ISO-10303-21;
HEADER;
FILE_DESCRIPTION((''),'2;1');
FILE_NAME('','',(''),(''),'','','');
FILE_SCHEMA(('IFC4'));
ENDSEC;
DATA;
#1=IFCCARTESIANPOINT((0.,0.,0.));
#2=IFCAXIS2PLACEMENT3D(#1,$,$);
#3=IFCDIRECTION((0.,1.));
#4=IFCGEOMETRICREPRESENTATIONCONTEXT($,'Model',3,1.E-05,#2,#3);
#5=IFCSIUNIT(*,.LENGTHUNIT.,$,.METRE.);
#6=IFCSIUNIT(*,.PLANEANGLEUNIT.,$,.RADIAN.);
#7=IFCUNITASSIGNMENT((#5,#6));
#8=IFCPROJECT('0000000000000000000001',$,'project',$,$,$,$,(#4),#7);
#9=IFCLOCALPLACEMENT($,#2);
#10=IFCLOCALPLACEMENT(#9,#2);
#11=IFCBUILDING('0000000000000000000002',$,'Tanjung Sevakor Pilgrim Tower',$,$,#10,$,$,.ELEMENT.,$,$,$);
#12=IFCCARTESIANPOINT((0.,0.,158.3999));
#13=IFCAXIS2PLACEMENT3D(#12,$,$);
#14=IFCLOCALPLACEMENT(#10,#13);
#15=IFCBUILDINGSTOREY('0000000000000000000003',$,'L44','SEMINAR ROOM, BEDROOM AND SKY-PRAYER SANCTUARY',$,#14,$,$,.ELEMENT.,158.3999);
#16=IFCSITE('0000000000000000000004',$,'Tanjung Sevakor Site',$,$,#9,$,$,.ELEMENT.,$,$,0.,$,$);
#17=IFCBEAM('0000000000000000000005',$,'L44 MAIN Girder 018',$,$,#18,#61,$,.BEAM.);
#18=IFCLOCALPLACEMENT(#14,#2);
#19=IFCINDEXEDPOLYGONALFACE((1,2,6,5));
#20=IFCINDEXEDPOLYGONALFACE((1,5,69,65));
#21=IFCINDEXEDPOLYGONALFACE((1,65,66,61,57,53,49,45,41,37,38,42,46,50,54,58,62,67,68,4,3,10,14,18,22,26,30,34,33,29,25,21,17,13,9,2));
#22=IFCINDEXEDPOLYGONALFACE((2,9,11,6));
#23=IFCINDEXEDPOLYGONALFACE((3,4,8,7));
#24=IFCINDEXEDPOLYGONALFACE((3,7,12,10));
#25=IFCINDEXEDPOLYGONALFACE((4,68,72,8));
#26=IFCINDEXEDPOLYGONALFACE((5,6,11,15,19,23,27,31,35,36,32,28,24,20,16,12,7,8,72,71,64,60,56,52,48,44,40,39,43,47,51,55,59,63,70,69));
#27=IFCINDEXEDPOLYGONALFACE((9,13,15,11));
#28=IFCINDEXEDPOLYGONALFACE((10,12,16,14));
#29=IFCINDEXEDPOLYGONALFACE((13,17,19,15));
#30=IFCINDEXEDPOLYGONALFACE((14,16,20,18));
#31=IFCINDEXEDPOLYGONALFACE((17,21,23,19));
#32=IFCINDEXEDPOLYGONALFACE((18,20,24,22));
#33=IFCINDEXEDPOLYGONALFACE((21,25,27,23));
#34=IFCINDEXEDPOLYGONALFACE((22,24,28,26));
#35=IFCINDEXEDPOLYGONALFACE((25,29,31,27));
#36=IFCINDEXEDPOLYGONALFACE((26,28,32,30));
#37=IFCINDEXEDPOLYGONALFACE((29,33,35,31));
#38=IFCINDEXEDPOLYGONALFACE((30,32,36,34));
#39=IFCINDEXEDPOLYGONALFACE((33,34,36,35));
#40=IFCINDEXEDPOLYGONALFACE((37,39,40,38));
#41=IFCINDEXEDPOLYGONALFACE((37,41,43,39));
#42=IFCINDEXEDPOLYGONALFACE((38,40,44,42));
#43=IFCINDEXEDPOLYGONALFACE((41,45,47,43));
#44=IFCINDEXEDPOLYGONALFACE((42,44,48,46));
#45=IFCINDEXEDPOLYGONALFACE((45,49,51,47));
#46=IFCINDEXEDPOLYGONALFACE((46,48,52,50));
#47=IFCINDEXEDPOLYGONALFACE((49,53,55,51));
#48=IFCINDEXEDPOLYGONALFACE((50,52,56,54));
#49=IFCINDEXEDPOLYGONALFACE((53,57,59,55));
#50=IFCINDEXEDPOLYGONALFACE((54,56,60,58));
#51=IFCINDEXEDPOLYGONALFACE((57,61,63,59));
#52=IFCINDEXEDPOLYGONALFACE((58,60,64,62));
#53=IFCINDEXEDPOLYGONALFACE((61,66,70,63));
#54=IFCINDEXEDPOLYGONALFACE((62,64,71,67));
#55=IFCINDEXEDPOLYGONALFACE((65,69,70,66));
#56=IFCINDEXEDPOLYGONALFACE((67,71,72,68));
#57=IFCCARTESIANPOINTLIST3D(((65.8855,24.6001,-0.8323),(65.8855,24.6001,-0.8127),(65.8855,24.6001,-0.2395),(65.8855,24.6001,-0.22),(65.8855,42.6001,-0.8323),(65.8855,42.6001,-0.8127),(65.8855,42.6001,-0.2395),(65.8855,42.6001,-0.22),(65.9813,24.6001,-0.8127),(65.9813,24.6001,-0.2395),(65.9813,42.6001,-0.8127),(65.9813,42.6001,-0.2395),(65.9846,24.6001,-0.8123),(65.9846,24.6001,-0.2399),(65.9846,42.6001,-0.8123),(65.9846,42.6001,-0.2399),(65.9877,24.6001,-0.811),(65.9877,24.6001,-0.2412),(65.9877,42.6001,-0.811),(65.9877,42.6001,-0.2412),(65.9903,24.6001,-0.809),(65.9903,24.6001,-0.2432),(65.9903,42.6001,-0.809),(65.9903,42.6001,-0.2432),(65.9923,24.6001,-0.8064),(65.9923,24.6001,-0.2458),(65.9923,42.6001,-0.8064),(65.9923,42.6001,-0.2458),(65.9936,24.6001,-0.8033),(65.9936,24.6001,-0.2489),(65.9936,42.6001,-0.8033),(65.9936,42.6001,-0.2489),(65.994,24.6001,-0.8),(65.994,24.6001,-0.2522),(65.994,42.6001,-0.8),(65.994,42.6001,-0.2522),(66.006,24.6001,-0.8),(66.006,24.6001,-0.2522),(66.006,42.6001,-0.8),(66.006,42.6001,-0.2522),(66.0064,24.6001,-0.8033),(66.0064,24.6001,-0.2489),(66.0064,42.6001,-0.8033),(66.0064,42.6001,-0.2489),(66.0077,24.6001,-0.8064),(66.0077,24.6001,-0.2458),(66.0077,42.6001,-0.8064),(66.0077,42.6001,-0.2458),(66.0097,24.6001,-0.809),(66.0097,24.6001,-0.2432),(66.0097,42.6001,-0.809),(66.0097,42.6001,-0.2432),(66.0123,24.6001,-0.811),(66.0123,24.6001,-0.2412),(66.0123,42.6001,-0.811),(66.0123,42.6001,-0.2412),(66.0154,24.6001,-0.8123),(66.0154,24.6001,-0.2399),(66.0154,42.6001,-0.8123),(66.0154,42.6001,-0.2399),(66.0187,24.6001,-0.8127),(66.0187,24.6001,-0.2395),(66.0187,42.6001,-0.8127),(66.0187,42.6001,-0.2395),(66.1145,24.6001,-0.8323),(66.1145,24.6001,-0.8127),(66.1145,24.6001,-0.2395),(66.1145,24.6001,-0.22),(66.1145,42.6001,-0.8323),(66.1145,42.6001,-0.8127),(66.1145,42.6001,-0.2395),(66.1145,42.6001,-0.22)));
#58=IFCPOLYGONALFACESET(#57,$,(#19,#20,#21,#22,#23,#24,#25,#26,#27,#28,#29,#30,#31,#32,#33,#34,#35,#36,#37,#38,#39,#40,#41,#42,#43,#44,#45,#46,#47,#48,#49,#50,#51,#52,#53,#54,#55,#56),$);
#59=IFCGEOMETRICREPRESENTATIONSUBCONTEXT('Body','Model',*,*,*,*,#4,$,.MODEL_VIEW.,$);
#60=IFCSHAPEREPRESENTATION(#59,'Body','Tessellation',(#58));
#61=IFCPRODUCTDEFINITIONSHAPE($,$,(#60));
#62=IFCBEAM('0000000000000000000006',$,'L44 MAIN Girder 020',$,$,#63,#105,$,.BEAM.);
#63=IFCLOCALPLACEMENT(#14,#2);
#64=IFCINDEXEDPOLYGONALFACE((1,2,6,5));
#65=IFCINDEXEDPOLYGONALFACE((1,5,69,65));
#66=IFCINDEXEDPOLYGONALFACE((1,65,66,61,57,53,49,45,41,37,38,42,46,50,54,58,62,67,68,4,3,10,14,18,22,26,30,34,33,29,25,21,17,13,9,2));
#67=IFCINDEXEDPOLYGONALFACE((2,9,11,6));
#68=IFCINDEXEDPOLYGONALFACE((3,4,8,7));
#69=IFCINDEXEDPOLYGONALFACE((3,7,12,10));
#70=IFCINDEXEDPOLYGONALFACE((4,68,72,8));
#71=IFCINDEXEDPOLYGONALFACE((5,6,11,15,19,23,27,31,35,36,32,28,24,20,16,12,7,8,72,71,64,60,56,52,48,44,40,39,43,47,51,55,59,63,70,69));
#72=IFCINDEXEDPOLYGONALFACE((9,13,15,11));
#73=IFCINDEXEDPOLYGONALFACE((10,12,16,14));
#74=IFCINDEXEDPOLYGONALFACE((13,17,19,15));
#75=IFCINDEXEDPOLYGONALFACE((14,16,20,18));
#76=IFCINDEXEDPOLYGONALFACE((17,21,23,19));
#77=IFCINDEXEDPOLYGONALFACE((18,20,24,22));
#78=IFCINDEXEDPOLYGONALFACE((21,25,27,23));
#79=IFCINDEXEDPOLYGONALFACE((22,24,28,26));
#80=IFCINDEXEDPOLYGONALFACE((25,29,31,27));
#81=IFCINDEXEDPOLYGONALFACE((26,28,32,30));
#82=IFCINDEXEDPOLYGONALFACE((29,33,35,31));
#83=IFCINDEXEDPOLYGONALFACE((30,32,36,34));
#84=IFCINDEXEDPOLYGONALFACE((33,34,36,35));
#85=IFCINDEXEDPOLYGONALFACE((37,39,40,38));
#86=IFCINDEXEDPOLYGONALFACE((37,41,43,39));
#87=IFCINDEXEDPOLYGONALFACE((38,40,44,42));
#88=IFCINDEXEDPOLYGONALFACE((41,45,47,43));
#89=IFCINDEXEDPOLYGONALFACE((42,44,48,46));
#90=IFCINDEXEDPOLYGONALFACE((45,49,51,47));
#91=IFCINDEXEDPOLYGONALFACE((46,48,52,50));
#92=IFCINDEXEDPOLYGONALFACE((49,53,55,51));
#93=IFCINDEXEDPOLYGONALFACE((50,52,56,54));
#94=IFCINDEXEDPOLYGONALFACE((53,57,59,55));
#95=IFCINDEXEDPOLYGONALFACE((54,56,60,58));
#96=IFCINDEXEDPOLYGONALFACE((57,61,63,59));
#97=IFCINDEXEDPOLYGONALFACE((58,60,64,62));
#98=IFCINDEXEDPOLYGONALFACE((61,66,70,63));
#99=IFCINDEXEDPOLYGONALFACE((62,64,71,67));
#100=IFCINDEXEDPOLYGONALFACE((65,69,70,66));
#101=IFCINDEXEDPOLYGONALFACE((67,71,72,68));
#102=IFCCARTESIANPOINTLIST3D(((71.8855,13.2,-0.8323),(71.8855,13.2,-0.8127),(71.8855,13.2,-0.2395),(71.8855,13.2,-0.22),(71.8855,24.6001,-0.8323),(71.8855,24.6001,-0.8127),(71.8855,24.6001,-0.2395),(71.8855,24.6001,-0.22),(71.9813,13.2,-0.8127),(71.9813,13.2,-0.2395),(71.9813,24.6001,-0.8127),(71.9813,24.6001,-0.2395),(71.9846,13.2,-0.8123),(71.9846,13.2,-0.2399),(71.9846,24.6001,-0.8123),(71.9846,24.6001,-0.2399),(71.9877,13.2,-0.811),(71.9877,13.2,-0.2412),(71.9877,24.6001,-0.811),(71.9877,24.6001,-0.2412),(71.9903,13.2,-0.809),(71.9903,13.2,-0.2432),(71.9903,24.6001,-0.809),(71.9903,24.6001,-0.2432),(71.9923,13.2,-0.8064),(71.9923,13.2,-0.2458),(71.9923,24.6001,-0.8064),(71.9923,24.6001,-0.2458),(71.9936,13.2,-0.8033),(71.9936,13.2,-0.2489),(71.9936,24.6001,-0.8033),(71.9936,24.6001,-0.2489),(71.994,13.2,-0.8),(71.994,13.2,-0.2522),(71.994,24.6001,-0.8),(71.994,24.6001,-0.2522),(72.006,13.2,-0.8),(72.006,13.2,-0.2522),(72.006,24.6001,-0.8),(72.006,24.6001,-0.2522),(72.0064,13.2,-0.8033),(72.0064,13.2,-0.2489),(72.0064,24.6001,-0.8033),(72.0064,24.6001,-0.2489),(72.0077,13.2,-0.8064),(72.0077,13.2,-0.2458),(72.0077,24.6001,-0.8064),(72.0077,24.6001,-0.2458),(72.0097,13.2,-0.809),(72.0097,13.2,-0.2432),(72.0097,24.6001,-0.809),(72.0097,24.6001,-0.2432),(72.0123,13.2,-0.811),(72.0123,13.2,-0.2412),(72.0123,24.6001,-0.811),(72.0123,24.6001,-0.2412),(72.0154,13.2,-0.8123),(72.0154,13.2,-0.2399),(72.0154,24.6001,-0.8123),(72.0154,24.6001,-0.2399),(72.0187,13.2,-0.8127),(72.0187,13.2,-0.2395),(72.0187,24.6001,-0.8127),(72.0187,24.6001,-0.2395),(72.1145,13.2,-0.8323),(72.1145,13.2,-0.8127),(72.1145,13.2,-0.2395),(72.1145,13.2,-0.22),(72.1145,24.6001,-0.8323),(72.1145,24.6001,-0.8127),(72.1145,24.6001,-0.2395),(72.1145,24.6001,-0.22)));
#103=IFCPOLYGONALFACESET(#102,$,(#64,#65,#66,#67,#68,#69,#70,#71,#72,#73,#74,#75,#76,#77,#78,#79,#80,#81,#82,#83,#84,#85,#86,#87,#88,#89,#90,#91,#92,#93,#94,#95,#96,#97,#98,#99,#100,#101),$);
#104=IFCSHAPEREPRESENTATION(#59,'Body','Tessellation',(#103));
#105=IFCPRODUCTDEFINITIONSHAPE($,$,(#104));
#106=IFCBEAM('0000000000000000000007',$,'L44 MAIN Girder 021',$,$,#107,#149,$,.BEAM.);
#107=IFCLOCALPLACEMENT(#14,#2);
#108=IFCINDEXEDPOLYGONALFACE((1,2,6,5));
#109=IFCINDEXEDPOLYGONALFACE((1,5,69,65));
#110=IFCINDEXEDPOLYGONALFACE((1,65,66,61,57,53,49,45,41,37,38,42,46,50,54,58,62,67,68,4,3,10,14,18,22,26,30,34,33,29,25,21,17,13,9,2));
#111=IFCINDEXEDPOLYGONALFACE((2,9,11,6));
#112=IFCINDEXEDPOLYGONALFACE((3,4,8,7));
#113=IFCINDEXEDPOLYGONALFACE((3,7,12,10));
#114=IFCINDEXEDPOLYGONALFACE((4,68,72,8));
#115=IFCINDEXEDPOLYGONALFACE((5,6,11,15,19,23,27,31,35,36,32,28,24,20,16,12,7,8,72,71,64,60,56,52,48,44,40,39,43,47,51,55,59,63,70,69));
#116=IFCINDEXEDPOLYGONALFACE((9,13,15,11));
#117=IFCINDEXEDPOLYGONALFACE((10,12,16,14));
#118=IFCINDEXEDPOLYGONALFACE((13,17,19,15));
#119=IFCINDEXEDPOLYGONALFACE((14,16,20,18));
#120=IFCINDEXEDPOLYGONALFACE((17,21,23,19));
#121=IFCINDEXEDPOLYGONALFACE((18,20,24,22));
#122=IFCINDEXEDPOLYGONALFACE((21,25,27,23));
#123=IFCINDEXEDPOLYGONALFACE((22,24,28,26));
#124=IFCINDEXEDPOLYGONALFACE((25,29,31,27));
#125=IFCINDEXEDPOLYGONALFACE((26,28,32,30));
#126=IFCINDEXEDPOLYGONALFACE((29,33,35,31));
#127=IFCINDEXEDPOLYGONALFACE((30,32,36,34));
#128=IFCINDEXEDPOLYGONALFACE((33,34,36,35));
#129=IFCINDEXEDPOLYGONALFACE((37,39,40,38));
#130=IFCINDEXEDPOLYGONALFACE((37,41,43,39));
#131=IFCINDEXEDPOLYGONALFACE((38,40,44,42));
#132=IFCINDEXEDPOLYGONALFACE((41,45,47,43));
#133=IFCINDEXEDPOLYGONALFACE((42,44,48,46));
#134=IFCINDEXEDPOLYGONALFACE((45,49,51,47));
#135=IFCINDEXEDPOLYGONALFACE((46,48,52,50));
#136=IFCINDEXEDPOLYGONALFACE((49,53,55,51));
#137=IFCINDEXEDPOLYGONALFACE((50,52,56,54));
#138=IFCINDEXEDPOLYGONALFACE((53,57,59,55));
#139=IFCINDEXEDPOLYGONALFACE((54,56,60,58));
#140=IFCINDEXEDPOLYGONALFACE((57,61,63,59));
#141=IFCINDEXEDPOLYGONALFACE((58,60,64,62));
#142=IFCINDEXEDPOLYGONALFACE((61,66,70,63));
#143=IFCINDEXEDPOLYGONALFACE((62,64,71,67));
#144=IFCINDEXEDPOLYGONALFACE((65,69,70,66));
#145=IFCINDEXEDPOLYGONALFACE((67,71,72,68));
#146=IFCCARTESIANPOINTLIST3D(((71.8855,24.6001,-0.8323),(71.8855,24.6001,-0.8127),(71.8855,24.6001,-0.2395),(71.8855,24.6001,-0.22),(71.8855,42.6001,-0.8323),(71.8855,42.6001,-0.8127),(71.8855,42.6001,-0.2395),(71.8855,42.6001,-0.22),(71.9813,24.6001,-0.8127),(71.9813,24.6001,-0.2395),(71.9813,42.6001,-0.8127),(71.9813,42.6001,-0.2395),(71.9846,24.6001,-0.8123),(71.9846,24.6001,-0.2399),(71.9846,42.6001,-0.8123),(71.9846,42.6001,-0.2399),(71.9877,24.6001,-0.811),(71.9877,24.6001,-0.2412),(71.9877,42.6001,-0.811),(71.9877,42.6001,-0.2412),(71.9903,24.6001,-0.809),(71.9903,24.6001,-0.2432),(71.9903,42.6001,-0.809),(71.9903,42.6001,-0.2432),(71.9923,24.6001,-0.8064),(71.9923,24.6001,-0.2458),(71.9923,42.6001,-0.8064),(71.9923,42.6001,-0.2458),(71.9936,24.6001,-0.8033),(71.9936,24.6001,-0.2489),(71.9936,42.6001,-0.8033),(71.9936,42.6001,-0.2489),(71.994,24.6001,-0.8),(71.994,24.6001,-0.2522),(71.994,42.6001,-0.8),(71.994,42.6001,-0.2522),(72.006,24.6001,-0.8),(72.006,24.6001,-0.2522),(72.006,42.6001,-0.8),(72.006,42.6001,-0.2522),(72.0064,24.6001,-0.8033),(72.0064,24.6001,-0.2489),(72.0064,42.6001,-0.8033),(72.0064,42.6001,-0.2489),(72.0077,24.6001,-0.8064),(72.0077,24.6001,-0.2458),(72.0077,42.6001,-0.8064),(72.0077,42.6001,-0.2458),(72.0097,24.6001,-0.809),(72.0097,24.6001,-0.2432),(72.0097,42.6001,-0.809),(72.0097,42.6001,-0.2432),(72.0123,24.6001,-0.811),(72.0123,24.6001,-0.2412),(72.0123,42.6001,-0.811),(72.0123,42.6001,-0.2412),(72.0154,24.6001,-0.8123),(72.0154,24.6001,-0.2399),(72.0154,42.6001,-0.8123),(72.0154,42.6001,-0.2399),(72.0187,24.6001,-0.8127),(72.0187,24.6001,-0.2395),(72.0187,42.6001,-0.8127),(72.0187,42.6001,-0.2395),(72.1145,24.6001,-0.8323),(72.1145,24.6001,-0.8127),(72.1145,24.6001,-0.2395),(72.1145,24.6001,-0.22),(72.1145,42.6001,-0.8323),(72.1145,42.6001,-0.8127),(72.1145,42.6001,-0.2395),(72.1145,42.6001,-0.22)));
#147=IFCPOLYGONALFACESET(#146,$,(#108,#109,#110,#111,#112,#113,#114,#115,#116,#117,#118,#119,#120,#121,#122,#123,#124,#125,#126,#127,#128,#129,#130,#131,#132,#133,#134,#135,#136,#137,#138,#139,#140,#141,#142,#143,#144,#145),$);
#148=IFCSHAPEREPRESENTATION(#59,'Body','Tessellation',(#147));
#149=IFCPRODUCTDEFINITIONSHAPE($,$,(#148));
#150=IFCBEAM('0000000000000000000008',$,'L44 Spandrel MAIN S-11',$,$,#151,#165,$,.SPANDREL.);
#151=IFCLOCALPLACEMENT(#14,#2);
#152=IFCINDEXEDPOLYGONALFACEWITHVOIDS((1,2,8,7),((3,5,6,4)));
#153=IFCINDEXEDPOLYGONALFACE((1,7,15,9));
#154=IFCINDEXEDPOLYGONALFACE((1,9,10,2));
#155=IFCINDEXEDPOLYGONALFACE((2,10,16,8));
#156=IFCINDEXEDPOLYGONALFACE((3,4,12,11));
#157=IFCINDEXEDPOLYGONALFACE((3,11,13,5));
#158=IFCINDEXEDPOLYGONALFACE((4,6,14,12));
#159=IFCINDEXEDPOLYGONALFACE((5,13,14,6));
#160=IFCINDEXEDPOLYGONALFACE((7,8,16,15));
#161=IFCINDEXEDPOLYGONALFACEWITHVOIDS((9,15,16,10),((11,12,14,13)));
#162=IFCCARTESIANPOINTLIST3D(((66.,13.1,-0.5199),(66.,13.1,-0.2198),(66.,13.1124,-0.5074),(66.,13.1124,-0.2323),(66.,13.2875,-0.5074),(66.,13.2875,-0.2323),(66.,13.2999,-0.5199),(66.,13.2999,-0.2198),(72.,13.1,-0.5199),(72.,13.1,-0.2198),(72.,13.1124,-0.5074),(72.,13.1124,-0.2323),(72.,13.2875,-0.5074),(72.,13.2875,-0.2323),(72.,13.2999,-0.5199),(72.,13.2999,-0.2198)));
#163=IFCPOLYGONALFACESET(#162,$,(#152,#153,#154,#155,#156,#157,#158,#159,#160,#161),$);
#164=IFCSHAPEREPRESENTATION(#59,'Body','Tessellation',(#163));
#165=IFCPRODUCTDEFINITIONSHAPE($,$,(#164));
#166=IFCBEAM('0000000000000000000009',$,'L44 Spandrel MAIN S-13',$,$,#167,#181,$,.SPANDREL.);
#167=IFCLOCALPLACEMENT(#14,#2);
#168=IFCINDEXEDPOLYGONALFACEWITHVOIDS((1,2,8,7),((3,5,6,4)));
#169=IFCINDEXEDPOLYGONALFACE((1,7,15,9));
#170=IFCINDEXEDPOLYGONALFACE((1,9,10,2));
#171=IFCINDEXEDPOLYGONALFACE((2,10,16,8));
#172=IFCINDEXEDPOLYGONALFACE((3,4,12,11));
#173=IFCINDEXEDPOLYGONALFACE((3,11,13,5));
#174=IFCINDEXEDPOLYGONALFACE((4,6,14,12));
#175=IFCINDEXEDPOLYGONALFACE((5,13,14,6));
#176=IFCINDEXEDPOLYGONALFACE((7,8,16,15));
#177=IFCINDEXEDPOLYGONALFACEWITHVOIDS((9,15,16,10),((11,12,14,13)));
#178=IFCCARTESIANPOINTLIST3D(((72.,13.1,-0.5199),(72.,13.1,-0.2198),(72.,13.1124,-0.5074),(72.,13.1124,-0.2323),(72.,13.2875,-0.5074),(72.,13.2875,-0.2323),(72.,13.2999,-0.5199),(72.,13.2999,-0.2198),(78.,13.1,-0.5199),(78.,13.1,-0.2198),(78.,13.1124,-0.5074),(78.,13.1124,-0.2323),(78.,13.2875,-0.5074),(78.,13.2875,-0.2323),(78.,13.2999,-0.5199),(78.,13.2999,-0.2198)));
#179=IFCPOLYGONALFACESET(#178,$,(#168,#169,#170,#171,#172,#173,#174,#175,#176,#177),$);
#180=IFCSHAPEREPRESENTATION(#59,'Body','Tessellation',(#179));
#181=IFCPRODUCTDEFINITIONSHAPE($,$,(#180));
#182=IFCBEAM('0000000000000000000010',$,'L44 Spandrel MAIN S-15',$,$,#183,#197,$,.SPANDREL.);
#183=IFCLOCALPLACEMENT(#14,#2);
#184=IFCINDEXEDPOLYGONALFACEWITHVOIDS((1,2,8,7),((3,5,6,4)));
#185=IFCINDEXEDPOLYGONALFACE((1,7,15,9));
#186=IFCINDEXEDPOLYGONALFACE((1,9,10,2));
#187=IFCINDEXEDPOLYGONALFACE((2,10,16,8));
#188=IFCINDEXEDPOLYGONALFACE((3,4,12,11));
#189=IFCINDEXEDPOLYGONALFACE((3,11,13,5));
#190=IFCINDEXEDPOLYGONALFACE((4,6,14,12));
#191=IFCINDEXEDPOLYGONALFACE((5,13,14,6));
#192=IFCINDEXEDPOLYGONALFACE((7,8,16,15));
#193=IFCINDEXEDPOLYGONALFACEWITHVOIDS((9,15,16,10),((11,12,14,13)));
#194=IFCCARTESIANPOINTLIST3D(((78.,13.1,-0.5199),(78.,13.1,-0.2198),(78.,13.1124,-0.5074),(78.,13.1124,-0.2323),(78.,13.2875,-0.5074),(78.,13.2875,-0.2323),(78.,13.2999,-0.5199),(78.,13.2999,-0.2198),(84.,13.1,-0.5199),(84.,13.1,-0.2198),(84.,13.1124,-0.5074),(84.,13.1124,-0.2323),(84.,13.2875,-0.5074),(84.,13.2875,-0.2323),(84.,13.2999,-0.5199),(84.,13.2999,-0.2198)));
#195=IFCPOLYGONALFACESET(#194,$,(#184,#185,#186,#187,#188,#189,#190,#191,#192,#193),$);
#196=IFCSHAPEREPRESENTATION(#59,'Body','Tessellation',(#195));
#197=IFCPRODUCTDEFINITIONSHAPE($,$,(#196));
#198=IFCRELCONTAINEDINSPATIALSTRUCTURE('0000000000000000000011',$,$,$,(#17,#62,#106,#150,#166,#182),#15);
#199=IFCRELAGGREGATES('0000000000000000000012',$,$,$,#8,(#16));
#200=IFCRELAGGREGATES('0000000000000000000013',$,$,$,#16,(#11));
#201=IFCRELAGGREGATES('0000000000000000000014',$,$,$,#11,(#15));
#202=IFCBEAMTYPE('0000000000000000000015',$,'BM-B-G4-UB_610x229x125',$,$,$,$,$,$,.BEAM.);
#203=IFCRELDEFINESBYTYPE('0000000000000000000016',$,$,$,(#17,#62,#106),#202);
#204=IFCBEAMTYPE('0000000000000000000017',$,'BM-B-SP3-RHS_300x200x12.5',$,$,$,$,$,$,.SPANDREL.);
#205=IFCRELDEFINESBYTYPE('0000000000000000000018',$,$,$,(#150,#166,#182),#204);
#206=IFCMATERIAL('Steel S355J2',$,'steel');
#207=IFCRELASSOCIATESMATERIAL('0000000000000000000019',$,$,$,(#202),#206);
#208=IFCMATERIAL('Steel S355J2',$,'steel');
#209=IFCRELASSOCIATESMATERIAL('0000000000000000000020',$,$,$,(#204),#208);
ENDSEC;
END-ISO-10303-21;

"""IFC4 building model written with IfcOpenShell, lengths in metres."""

from ifc_helpers import new_model, si_unit, direction, frame, origin, origin_2d, place, context, subcontext, project, spatial, hollow_rectangle, i_section, extrude, material, material_profile, profile_set, type_object, element, save


model = new_model("IFC4")

# Units and contexts
model_context = context("Model", 3, precision=1e-05, world=origin(), true_north=direction((0.0, 1.0)))
body_context = subcontext(model_context, "Body", "Model", "MODEL_VIEW")
ifc_project = project(units=[si_unit("LENGTHUNIT", "METRE"), si_unit("PLANEANGLEUNIT", "RADIAN")], contexts=[model_context])

# Site, building, storey
site_placement = place(None, origin())
site = spatial("IfcSite", under=ifc_project, at=site_placement, Name="Tanjung Sevakor Site", CompositionType="ELEMENT", RefElevation=0.0)
building_placement = place(site_placement, origin())
building = spatial("IfcBuilding", under=site, at=building_placement, Name="Tanjung Sevakor Pilgrim Tower", CompositionType="ELEMENT")
storey_placement = place(building_placement, frame((0.0, 0.0, 158.3999)))
storey = spatial("IfcBuildingStorey", under=building, at=storey_placement, Name="L44", Description="SEMINAR ROOM, BEDROOM AND SKY-PRAYER SANCTUARY", CompositionType="ELEMENT", Elevation=158.3999)

# Beams
ifc_material_1 = material(Name="Steel S355J2", Category="steel")
ifc_material_profile_1 = material_profile(ifc_material_1, i_section(OverallWidth=0.229, OverallDepth=0.6123, WebThickness=0.012, FlangeThickness=0.0195, FilletRadius=0.0127, at=origin_2d()))
ifc_profile_set_1 = profile_set([ifc_material_profile_1], Name="Steel S355J2")
beam_type_1 = type_object("IfcBeamType", Name="BM-B-G4-UB_610x229x125", PredefinedType="BEAM", material=ifc_profile_set_1)
beam_1_placement = place(storey_placement, frame((66.0, 24.6001, -0.5261), z_axis=(0.0, 1.0, 0.0), x_axis=(-1.0, 0.0, 0.0)))
element("IfcBeam", 1, at=beam_1_placement, inside=storey, type_object=beam_type_1, Name="L44 MAIN Girder 018", PredefinedType="BEAM", context=body_context, shape_type="SweptSolid", body=[
    extrude(i_section(OverallWidth=0.229, OverallDepth=0.6123, WebThickness=0.012, FlangeThickness=0.0195, FilletRadius=0.0127, at=origin_2d()), origin(), (0.0, 0.0, 1.0), 18.0),
])
beam_2_placement = place(storey_placement, frame((72.0, 13.2, -0.5261), z_axis=(0.0, 1.0, 0.0), x_axis=(-1.0, 0.0, 0.0)))
element("IfcBeam", 2, at=beam_2_placement, inside=storey, type_object=beam_type_1, Name="L44 MAIN Girder 020", PredefinedType="BEAM", context=body_context, shape_type="SweptSolid", body=[
    extrude(i_section(OverallWidth=0.229, OverallDepth=0.6123, WebThickness=0.012, FlangeThickness=0.0195, FilletRadius=0.0127, at=origin_2d()), origin(), (0.0, 0.0, 1.0), 11.4001),
])
beam_3_placement = place(storey_placement, frame((72.0, 24.6001, -0.5261), z_axis=(0.0, 1.0, 0.0), x_axis=(-1.0, 0.0, 0.0)))
element("IfcBeam", 3, at=beam_3_placement, inside=storey, type_object=beam_type_1, Name="L44 MAIN Girder 021", PredefinedType="BEAM", context=body_context, shape_type="SweptSolid", body=[
    extrude(i_section(OverallWidth=0.229, OverallDepth=0.6123, WebThickness=0.012, FlangeThickness=0.0195, FilletRadius=0.0127, at=origin_2d()), origin(), (0.0, 0.0, 1.0), 18.0),
])
ifc_material_2 = material(Name="Steel S355J2", Category="steel")
ifc_material_profile_2 = material_profile(ifc_material_2, hollow_rectangle(XDim=0.2, YDim=0.3, WallThickness=0.0125, at=origin_2d()))
ifc_profile_set_2 = profile_set([ifc_material_profile_2], Name="Steel S355J2")
beam_type_2 = type_object("IfcBeamType", Name="BM-B-SP3-RHS_300x200x12.5", PredefinedType="SPANDREL", material=ifc_profile_set_2)
for number, where, z_axis, x_axis, name in (
    (4, (66.0, 13.2, -0.3699), (1.0, 0.0, 0.0), (0.0, 1.0, 0.0), "L44 Spandrel MAIN S-11"),
    (5, (72.0, 13.2, -0.3699), (1.0, 0.0, 0.0), (0.0, 1.0, 0.0), "L44 Spandrel MAIN S-13"),
    (6, (78.0, 13.2, -0.3699), (1.0, 0.0, 0.0), (0.0, 1.0, 0.0), "L44 Spandrel MAIN S-15"),
):
    element("IfcBeam", number, at=place(storey_placement, frame(where, z_axis=z_axis, x_axis=x_axis)), inside=storey, type_object=beam_type_2, Name=name, PredefinedType="SPANDREL", context=body_context, shape_type="SweptSolid", body=[
        extrude(hollow_rectangle(XDim=0.2, YDim=0.3, WallThickness=0.0125, at=origin_2d()), origin(), (0.0, 0.0, 1.0), 6.0),
    ])

save(model, "model.ifc")
